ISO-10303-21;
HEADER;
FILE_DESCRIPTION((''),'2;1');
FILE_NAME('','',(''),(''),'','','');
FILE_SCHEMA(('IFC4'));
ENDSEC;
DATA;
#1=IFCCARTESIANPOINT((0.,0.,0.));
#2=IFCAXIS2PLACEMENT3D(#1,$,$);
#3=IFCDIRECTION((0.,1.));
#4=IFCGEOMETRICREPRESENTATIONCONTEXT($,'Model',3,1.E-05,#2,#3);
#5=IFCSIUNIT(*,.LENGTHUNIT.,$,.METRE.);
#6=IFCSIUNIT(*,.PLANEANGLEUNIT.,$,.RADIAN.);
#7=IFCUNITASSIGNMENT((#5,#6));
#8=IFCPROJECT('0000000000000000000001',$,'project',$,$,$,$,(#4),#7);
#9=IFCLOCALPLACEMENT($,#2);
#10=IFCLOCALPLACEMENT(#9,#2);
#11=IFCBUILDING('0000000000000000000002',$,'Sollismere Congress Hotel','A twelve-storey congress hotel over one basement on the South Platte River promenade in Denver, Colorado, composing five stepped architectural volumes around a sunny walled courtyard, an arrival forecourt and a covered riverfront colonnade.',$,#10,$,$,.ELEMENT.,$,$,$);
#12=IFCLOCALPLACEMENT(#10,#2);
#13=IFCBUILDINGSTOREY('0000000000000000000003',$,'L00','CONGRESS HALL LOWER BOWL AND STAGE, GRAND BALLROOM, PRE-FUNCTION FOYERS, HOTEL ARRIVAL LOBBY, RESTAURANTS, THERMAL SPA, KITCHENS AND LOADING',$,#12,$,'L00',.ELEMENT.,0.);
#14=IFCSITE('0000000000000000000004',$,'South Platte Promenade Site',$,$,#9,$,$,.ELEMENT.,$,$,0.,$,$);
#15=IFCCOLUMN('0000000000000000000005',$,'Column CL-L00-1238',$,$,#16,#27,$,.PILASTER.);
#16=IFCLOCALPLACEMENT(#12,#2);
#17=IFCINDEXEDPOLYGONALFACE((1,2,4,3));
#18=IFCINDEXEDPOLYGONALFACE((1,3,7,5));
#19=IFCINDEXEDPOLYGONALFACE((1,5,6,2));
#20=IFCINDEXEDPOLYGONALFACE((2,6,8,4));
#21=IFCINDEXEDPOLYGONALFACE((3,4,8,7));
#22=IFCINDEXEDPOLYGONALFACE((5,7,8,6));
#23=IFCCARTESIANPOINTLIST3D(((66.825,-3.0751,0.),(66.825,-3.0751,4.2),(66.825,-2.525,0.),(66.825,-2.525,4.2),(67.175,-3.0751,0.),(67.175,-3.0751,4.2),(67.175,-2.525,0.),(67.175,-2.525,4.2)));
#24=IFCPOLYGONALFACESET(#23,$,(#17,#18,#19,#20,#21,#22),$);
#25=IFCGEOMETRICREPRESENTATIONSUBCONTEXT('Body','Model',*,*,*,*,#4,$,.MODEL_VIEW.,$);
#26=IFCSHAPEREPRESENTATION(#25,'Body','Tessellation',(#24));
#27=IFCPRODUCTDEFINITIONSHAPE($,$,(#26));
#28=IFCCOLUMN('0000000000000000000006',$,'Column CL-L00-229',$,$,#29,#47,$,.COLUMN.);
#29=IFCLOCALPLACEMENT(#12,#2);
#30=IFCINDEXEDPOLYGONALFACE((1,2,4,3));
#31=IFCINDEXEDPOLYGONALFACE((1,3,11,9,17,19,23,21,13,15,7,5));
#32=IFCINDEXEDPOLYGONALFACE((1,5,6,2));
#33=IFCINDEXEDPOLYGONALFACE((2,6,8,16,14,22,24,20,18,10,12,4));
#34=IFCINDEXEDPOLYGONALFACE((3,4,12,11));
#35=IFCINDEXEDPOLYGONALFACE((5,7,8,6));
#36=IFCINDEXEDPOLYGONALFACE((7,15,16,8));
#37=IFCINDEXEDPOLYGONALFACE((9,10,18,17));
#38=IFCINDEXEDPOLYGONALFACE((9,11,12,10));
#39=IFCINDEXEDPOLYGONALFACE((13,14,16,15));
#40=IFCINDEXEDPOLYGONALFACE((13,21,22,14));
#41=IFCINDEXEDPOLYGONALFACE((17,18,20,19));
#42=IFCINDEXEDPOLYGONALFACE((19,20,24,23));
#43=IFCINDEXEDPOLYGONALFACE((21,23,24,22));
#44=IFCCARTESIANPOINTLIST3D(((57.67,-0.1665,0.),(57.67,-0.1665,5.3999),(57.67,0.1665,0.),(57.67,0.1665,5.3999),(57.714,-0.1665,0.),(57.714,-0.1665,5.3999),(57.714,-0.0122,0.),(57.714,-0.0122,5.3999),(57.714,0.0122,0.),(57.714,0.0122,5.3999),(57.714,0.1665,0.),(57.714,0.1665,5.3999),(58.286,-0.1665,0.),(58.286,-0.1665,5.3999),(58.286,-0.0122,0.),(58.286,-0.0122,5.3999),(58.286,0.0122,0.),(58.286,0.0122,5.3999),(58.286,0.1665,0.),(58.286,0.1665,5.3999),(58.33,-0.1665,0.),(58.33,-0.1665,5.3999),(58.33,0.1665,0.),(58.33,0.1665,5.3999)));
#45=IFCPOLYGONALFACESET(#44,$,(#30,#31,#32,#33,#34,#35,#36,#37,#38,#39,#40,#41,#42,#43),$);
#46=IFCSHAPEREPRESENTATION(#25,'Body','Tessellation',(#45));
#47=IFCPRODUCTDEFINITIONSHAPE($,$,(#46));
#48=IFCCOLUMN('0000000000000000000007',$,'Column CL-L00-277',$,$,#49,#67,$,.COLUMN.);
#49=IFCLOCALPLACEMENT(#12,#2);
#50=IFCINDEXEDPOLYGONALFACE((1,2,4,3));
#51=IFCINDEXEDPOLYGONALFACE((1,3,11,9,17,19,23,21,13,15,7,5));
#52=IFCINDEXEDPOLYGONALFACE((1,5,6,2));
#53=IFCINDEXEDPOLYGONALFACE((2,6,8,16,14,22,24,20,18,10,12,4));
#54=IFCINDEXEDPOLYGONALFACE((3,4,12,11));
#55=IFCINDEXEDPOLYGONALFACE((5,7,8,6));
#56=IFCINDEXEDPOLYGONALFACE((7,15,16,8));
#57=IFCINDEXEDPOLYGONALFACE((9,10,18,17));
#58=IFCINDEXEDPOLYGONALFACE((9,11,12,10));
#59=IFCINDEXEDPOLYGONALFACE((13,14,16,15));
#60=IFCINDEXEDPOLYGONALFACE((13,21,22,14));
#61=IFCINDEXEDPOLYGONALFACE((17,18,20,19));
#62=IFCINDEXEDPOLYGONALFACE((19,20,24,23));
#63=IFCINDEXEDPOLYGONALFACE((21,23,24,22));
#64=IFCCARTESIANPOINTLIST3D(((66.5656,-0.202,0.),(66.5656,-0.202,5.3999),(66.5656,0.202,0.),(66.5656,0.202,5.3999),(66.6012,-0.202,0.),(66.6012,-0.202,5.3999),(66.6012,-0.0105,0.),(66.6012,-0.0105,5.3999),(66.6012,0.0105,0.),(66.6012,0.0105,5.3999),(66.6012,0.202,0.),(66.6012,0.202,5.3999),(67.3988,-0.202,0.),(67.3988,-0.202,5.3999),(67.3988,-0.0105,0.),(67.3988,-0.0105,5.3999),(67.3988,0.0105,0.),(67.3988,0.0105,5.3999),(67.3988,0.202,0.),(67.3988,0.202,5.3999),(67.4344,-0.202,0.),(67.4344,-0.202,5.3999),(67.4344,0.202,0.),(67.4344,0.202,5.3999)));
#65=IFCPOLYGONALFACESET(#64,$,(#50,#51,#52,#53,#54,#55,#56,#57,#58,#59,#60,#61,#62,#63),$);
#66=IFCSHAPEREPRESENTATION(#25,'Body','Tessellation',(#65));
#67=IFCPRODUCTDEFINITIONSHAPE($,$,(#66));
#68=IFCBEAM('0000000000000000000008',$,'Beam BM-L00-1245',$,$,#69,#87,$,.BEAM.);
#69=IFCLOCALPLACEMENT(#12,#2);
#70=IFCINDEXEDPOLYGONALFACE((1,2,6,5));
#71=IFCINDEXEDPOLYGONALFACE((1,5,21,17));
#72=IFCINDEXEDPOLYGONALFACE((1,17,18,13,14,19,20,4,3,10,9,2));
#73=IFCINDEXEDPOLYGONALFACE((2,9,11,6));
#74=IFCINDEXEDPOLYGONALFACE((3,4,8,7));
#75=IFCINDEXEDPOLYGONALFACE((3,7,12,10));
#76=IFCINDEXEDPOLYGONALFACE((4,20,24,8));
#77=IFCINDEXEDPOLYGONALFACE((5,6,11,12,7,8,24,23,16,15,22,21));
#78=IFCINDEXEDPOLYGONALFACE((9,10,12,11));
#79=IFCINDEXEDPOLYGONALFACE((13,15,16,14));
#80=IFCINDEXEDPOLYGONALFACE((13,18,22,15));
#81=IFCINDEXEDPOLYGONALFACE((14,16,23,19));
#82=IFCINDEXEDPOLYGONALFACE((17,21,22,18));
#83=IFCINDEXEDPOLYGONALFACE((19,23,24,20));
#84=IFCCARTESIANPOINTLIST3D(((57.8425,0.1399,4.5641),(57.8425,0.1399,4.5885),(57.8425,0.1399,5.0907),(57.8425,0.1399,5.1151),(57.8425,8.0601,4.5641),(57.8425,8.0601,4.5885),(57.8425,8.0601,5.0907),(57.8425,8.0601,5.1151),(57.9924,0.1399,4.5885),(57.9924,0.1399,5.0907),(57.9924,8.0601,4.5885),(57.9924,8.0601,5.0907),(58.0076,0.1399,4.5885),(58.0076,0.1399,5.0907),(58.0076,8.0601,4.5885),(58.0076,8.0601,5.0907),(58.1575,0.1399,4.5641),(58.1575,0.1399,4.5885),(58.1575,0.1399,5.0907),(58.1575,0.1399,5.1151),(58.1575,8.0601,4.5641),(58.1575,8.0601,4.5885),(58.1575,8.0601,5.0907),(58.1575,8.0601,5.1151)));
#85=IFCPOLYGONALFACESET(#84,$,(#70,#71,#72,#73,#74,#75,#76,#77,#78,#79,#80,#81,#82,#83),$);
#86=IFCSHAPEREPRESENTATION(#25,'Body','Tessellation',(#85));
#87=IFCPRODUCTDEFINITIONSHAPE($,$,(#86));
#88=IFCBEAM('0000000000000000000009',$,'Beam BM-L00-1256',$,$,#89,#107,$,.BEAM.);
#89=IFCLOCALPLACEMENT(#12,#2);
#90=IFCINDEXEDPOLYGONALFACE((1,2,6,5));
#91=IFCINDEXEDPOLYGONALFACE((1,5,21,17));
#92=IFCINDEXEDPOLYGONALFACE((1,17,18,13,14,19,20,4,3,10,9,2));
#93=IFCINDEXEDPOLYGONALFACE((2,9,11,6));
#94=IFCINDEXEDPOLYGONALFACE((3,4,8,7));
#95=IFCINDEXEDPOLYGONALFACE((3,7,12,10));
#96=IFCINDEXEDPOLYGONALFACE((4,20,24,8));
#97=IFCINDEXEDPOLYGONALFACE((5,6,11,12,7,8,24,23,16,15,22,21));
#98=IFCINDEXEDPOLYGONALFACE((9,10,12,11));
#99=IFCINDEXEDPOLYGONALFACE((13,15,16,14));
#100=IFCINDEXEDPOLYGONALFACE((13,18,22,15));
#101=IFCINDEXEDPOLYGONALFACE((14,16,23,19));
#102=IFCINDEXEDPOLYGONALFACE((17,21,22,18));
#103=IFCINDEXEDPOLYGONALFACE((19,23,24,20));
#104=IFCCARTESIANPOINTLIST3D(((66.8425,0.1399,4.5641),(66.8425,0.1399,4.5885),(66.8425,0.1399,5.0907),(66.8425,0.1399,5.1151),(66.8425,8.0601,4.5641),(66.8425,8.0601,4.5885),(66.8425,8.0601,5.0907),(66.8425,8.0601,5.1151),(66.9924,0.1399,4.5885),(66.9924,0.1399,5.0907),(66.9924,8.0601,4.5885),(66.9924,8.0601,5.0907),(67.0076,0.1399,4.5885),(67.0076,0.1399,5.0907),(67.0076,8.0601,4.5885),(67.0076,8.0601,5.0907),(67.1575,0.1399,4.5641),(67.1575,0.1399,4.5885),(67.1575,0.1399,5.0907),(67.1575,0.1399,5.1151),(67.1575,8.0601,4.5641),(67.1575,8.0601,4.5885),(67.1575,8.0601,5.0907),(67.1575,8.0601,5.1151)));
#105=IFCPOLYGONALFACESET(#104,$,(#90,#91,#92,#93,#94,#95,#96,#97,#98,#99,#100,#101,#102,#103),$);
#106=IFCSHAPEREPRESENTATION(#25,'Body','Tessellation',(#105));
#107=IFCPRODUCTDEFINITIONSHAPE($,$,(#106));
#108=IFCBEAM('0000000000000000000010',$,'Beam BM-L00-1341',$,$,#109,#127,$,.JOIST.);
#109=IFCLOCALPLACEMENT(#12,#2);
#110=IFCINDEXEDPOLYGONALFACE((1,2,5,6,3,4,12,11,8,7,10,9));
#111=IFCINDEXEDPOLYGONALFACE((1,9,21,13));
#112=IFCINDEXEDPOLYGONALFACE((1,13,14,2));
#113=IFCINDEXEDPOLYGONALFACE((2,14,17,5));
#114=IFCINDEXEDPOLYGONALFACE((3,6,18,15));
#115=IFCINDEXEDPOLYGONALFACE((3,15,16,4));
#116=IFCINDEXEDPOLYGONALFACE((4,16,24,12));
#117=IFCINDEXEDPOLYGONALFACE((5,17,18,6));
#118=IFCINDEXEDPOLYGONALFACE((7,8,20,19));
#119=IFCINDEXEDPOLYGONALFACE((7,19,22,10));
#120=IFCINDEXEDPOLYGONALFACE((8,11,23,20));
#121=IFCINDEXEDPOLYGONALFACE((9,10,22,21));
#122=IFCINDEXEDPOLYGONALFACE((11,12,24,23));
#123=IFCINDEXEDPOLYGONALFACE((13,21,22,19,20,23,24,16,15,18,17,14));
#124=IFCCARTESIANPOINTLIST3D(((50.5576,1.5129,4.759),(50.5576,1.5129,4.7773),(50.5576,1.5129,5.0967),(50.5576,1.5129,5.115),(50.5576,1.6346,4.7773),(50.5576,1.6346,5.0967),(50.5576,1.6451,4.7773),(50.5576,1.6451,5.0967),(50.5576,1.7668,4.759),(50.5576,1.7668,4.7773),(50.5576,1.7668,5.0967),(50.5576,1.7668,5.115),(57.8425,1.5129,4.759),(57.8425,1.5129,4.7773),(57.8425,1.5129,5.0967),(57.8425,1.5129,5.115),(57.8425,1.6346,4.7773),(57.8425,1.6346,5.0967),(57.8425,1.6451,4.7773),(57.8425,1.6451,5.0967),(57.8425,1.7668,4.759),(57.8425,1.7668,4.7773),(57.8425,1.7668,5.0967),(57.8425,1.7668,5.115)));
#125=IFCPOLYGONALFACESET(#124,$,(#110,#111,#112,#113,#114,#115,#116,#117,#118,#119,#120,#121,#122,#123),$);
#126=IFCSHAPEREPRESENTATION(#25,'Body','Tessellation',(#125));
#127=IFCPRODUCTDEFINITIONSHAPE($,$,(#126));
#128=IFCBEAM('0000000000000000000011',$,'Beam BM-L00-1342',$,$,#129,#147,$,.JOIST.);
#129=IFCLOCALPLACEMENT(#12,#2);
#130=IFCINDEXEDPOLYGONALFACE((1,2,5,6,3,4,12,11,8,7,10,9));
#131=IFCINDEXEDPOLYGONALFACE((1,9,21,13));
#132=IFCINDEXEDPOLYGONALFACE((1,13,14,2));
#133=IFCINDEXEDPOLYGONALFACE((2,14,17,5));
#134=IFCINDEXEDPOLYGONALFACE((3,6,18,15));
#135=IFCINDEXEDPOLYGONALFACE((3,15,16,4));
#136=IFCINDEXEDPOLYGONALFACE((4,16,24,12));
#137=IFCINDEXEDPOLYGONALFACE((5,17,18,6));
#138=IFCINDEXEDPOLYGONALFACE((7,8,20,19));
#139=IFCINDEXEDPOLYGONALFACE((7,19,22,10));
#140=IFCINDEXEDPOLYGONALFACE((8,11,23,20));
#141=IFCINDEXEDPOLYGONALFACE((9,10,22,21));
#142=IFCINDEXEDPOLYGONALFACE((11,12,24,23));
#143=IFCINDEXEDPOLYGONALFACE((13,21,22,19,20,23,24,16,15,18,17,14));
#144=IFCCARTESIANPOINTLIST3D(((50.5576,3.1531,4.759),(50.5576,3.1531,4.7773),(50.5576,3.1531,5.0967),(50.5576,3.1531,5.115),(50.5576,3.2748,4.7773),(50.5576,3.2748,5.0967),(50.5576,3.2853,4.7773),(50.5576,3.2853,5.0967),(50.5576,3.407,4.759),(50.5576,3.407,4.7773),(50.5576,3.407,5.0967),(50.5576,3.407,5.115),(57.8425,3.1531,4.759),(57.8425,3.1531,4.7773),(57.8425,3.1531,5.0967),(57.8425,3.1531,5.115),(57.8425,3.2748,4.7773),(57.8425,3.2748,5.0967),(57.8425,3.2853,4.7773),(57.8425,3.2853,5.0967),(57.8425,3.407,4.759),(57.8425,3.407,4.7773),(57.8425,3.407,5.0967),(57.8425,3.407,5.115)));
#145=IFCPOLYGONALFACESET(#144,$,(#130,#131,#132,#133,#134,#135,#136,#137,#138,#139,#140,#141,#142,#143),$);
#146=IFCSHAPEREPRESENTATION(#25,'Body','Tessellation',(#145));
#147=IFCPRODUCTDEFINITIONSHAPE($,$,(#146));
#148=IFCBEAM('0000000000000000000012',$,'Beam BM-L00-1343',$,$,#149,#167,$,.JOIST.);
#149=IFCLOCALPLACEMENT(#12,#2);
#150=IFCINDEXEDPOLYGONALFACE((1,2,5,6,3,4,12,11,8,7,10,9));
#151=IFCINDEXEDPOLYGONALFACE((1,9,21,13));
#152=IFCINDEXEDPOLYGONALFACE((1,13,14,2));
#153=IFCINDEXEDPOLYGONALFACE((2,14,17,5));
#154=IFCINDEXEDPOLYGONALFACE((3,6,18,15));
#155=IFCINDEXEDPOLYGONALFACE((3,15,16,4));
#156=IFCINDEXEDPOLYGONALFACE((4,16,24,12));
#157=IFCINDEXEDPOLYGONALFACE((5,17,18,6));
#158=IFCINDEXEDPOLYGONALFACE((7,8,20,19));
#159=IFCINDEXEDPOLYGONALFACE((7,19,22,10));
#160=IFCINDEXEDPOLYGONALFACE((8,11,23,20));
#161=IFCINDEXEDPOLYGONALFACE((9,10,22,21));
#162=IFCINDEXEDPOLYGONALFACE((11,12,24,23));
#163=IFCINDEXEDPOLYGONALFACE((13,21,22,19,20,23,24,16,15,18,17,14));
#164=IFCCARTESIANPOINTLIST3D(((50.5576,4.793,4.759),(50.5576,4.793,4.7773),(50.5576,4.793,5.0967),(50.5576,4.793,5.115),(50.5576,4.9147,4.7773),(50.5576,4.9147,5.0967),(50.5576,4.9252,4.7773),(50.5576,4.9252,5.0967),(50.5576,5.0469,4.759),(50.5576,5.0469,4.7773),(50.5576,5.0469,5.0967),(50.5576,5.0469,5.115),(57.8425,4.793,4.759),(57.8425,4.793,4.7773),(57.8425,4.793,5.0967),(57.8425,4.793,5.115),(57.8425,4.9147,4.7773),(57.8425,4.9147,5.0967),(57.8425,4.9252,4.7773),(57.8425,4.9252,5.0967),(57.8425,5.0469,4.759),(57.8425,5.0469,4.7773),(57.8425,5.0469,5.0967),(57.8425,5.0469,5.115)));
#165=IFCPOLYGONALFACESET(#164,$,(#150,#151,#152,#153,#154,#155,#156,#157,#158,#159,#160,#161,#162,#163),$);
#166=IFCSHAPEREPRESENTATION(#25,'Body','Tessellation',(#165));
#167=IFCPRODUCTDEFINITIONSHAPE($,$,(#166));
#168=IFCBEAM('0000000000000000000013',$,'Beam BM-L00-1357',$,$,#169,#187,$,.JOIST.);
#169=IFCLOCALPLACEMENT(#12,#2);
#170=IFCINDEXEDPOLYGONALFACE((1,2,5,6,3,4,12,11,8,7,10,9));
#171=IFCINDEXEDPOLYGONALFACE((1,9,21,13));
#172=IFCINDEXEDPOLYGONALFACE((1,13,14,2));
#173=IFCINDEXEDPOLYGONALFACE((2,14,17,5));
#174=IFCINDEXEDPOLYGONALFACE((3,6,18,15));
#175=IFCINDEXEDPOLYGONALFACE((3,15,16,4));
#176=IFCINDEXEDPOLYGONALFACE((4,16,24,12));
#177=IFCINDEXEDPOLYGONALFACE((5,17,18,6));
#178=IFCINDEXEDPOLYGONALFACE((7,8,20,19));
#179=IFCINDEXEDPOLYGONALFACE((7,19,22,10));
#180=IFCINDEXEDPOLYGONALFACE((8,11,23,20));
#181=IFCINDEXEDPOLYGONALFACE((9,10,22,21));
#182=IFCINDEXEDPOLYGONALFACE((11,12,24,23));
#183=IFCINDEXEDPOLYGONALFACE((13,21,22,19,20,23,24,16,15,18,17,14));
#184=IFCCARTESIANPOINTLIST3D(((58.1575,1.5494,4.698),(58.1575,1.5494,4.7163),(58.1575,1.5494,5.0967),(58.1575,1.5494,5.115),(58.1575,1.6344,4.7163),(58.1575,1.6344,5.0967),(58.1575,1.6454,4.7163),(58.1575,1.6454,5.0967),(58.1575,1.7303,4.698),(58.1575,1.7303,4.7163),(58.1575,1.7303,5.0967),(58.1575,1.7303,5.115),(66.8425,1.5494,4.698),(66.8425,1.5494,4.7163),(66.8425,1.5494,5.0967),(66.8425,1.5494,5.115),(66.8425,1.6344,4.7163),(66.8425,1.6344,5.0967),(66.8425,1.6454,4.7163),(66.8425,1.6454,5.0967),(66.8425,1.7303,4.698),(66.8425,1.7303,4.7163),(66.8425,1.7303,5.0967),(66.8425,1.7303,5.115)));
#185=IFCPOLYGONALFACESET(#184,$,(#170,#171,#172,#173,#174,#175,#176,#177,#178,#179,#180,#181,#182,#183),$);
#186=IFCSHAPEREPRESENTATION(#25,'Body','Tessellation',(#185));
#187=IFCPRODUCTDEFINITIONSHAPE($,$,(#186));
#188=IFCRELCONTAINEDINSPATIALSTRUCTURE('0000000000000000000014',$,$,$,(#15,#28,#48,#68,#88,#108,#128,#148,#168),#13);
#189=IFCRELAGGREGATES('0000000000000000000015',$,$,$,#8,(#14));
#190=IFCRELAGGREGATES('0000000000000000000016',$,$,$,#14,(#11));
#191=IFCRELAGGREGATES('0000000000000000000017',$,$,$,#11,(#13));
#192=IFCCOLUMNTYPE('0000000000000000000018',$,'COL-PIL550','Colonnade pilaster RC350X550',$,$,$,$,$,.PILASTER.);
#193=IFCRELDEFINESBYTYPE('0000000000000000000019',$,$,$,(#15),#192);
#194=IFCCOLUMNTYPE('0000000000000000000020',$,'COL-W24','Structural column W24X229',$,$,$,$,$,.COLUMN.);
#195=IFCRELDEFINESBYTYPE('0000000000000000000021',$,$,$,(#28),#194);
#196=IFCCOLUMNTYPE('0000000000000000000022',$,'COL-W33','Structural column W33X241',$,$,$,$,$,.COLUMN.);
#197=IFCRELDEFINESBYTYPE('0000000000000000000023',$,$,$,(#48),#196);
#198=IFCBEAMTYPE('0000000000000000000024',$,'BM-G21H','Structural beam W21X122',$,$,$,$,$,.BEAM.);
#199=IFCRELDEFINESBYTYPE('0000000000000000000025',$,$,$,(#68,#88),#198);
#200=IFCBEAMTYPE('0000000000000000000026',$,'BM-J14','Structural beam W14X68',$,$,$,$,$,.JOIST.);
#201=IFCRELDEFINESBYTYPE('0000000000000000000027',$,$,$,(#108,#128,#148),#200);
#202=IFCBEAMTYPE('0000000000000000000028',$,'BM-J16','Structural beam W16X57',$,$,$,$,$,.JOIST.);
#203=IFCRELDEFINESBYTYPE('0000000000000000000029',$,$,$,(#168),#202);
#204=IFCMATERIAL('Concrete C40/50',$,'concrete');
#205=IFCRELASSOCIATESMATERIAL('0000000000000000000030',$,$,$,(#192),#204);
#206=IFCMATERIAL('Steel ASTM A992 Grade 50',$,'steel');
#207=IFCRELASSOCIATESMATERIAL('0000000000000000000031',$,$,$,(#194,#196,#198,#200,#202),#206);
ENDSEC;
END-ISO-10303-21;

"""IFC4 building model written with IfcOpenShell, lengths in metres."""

from ifc_helpers import new_model, si_unit, direction, frame, origin, origin_2d, place, context, subcontext, project, spatial, rectangle, i_section, extrude, material, material_profile, profile_set, type_object, element, save


model = new_model("IFC4")

# Units and contexts
model_context = context("Model", 3, precision=1e-05, world=origin(), true_north=direction((0.0, 1.0)))
body_context = subcontext(model_context, "Body", "Model", "MODEL_VIEW")
ifc_project = project(units=[si_unit("LENGTHUNIT", "METRE"), si_unit("PLANEANGLEUNIT", "RADIAN")], contexts=[model_context])

# Site, building, storey
site_placement = place(None, origin())
site = spatial("IfcSite", under=ifc_project, at=site_placement, Name="South Platte Promenade Site", CompositionType="ELEMENT", RefElevation=0.0)
building_placement = place(site_placement, origin())
building = spatial("IfcBuilding", under=site, at=building_placement, Name="Sollismere Congress Hotel", Description="A twelve-storey congress hotel over one basement on the South Platte River promenade in Denver, Colorado, composing five stepped architectural volumes around a sunny walled courtyard, an arrival forecourt and a covered riverfront colonnade.", CompositionType="ELEMENT")
storey_placement = place(building_placement, origin())
storey = spatial("IfcBuildingStorey", under=building, at=storey_placement, Name="L00", Description="CONGRESS HALL LOWER BOWL AND STAGE, GRAND BALLROOM, PRE-FUNCTION FOYERS, HOTEL ARRIVAL LOBBY, RESTAURANTS, THERMAL SPA, KITCHENS AND LOADING", LongName="L00", CompositionType="ELEMENT", Elevation=0.0)

# Columns
ifc_material_1 = material(Name="Concrete C40/50", Category="concrete")
ifc_material_profile_1 = material_profile(ifc_material_1, rectangle(XDim=0.3501, YDim=0.55, at=origin_2d()), Name="RC350X550")
ifc_profile_set_1 = profile_set([ifc_material_profile_1], Name="Concrete C40/50")
column_type_1 = type_object("IfcColumnType", Name="COL-PIL550", Description="Colonnade pilaster RC350X550", PredefinedType="PILASTER", material=ifc_profile_set_1)
column_1_placement = place(storey_placement, frame((67.0, -2.8, 0.0), z_axis=(0.0, 0.0, 1.0), x_axis=(1.0, 0.0, 0.0)))
element("IfcColumn", 1, at=column_1_placement, inside=storey, type_object=column_type_1, Name="Column CL-L00-1238", PredefinedType="PILASTER", context=body_context, shape_type="SweptSolid", body=[
    extrude(rectangle(XDim=0.3501, YDim=0.55, at=origin_2d()), origin(), (0.0, 0.0, 1.0), 4.2),
])
ifc_material_2 = material(Name="Steel ASTM A992 Grade 50", Category="steel")
ifc_material_profile_2 = material_profile(ifc_material_2, i_section(OverallWidth=0.333, OverallDepth=0.6599, WebThickness=0.0244, FlangeThickness=0.0439, at=origin_2d()), Name="W24X229")
ifc_profile_set_2 = profile_set([ifc_material_profile_2], Name="Steel ASTM A992 Grade 50")
column_type_2 = type_object("IfcColumnType", Name="COL-W24", Description="Structural column W24X229", PredefinedType="COLUMN", material=ifc_profile_set_2)
column_2_placement = place(storey_placement, frame((58.0, 0.0, 0.0), z_axis=(0.0, 0.0, 1.0), x_axis=(0.0, 1.0, 0.0)))
element("IfcColumn", 2, at=column_2_placement, inside=storey, type_object=column_type_2, Name="Column CL-L00-229", PredefinedType="COLUMN", context=body_context, shape_type="SweptSolid", body=[
    extrude(i_section(OverallWidth=0.333, OverallDepth=0.6599, WebThickness=0.0244, FlangeThickness=0.0439, at=origin_2d()), origin(), (0.0, 0.0, 1.0), 5.3999),
])
ifc_material_profile_3 = material_profile(ifc_material_2, i_section(OverallWidth=0.4041, OverallDepth=0.8689, WebThickness=0.021, FlangeThickness=0.0356, at=origin_2d()), Name="W33X241")
ifc_profile_set_3 = profile_set([ifc_material_profile_3], Name="Steel ASTM A992 Grade 50")
column_type_3 = type_object("IfcColumnType", Name="COL-W33", Description="Structural column W33X241", PredefinedType="COLUMN", material=ifc_profile_set_3)
column_3_placement = place(storey_placement, frame((67.0, 0.0, 0.0), z_axis=(0.0, 0.0, 1.0), x_axis=(0.0, 1.0, 0.0)))
element("IfcColumn", 3, at=column_3_placement, inside=storey, type_object=column_type_3, Name="Column CL-L00-277", PredefinedType="COLUMN", context=body_context, shape_type="SweptSolid", body=[
    extrude(i_section(OverallWidth=0.4041, OverallDepth=0.8689, WebThickness=0.021, FlangeThickness=0.0356, at=origin_2d()), origin(), (0.0, 0.0, 1.0), 5.3999),
])

# Beams
ifc_material_profile_4 = material_profile(ifc_material_2, i_section(OverallWidth=0.3149, OverallDepth=0.551, WebThickness=0.0151, FlangeThickness=0.0244, at=origin_2d()), Name="W21X122")
ifc_profile_set_4 = profile_set([ifc_material_profile_4], Name="Steel ASTM A992 Grade 50")
beam_type_1 = type_object("IfcBeamType", Name="BM-G21H", Description="Structural beam W21X122", PredefinedType="BEAM", material=ifc_profile_set_4)
for number, where, z_axis, x_axis, name in (
    (4, (58.0, 0.1399, 4.8396), (0.0, 1.0, 0.0), (-1.0, 0.0, 0.0), "Beam BM-L00-1245"),
    (5, (67.0, 0.1399, 4.8396), (0.0, 1.0, 0.0), (-1.0, 0.0, 0.0), "Beam BM-L00-1256"),
):
    element("IfcBeam", number, at=place(storey_placement, frame(where, z_axis=z_axis, x_axis=x_axis)), inside=storey, type_object=beam_type_1, Name=name, PredefinedType="BEAM", context=body_context, shape_type="SweptSolid", body=[
        extrude(i_section(OverallWidth=0.3149, OverallDepth=0.551, WebThickness=0.0151, FlangeThickness=0.0244, at=origin_2d()), origin(), (0.0, 0.0, 1.0), 7.9202),
    ])
ifc_material_profile_5 = material_profile(ifc_material_2, i_section(OverallWidth=0.2539, OverallDepth=0.356, WebThickness=0.0105, FlangeThickness=0.0183, at=origin_2d()), Name="W14X68")
ifc_profile_set_5 = profile_set([ifc_material_profile_5], Name="Steel ASTM A992 Grade 50")
beam_type_2 = type_object("IfcBeamType", Name="BM-J14", Description="Structural beam W14X68", PredefinedType="JOIST", material=ifc_profile_set_5)
for number, where, z_axis, x_axis, name in (
    (6, (50.5576, 1.6399, 4.937), (1.0, 0.0, 0.0), (0.0, 1.0, 0.0), "Beam BM-L00-1341"),
    (7, (50.5576, 3.28, 4.937), (1.0, 0.0, 0.0), (0.0, 1.0, 0.0), "Beam BM-L00-1342"),
    (8, (50.5576, 4.9199, 4.937), (1.0, 0.0, 0.0), (0.0, 1.0, 0.0), "Beam BM-L00-1343"),
):
    element("IfcBeam", number, at=place(storey_placement, frame(where, z_axis=z_axis, x_axis=x_axis)), inside=storey, type_object=beam_type_2, Name=name, PredefinedType="JOIST", context=body_context, shape_type="SweptSolid", body=[
        extrude(i_section(OverallWidth=0.2539, OverallDepth=0.356, WebThickness=0.0105, FlangeThickness=0.0183, at=origin_2d()), origin(), (0.0, 0.0, 1.0), 7.2849),
    ])
ifc_material_profile_6 = material_profile(ifc_material_2, i_section(OverallWidth=0.1809, OverallDepth=0.417, WebThickness=0.011, FlangeThickness=0.0183, at=origin_2d()), Name="W16X57")
ifc_profile_set_6 = profile_set([ifc_material_profile_6], Name="Steel ASTM A992 Grade 50")
beam_type_3 = type_object("IfcBeamType", Name="BM-J16", Description="Structural beam W16X57", PredefinedType="JOIST", material=ifc_profile_set_6)
for number, where, z_axis, x_axis, name in (
    (9, (58.1575, 1.6399, 4.9065), (1.0, 0.0, 0.0), (0.0, 1.0, 0.0), "Beam BM-L00-1357"),
):
    element("IfcBeam", number, at=place(storey_placement, frame(where, z_axis=z_axis, x_axis=x_axis)), inside=storey, type_object=beam_type_3, Name=name, PredefinedType="JOIST", context=body_context, shape_type="SweptSolid", body=[
        extrude(i_section(OverallWidth=0.1809, OverallDepth=0.417, WebThickness=0.011, FlangeThickness=0.0183, at=origin_2d()), origin(), (0.0, 0.0, 1.0), 8.6851),
    ])

save(model, "model.ifc")
